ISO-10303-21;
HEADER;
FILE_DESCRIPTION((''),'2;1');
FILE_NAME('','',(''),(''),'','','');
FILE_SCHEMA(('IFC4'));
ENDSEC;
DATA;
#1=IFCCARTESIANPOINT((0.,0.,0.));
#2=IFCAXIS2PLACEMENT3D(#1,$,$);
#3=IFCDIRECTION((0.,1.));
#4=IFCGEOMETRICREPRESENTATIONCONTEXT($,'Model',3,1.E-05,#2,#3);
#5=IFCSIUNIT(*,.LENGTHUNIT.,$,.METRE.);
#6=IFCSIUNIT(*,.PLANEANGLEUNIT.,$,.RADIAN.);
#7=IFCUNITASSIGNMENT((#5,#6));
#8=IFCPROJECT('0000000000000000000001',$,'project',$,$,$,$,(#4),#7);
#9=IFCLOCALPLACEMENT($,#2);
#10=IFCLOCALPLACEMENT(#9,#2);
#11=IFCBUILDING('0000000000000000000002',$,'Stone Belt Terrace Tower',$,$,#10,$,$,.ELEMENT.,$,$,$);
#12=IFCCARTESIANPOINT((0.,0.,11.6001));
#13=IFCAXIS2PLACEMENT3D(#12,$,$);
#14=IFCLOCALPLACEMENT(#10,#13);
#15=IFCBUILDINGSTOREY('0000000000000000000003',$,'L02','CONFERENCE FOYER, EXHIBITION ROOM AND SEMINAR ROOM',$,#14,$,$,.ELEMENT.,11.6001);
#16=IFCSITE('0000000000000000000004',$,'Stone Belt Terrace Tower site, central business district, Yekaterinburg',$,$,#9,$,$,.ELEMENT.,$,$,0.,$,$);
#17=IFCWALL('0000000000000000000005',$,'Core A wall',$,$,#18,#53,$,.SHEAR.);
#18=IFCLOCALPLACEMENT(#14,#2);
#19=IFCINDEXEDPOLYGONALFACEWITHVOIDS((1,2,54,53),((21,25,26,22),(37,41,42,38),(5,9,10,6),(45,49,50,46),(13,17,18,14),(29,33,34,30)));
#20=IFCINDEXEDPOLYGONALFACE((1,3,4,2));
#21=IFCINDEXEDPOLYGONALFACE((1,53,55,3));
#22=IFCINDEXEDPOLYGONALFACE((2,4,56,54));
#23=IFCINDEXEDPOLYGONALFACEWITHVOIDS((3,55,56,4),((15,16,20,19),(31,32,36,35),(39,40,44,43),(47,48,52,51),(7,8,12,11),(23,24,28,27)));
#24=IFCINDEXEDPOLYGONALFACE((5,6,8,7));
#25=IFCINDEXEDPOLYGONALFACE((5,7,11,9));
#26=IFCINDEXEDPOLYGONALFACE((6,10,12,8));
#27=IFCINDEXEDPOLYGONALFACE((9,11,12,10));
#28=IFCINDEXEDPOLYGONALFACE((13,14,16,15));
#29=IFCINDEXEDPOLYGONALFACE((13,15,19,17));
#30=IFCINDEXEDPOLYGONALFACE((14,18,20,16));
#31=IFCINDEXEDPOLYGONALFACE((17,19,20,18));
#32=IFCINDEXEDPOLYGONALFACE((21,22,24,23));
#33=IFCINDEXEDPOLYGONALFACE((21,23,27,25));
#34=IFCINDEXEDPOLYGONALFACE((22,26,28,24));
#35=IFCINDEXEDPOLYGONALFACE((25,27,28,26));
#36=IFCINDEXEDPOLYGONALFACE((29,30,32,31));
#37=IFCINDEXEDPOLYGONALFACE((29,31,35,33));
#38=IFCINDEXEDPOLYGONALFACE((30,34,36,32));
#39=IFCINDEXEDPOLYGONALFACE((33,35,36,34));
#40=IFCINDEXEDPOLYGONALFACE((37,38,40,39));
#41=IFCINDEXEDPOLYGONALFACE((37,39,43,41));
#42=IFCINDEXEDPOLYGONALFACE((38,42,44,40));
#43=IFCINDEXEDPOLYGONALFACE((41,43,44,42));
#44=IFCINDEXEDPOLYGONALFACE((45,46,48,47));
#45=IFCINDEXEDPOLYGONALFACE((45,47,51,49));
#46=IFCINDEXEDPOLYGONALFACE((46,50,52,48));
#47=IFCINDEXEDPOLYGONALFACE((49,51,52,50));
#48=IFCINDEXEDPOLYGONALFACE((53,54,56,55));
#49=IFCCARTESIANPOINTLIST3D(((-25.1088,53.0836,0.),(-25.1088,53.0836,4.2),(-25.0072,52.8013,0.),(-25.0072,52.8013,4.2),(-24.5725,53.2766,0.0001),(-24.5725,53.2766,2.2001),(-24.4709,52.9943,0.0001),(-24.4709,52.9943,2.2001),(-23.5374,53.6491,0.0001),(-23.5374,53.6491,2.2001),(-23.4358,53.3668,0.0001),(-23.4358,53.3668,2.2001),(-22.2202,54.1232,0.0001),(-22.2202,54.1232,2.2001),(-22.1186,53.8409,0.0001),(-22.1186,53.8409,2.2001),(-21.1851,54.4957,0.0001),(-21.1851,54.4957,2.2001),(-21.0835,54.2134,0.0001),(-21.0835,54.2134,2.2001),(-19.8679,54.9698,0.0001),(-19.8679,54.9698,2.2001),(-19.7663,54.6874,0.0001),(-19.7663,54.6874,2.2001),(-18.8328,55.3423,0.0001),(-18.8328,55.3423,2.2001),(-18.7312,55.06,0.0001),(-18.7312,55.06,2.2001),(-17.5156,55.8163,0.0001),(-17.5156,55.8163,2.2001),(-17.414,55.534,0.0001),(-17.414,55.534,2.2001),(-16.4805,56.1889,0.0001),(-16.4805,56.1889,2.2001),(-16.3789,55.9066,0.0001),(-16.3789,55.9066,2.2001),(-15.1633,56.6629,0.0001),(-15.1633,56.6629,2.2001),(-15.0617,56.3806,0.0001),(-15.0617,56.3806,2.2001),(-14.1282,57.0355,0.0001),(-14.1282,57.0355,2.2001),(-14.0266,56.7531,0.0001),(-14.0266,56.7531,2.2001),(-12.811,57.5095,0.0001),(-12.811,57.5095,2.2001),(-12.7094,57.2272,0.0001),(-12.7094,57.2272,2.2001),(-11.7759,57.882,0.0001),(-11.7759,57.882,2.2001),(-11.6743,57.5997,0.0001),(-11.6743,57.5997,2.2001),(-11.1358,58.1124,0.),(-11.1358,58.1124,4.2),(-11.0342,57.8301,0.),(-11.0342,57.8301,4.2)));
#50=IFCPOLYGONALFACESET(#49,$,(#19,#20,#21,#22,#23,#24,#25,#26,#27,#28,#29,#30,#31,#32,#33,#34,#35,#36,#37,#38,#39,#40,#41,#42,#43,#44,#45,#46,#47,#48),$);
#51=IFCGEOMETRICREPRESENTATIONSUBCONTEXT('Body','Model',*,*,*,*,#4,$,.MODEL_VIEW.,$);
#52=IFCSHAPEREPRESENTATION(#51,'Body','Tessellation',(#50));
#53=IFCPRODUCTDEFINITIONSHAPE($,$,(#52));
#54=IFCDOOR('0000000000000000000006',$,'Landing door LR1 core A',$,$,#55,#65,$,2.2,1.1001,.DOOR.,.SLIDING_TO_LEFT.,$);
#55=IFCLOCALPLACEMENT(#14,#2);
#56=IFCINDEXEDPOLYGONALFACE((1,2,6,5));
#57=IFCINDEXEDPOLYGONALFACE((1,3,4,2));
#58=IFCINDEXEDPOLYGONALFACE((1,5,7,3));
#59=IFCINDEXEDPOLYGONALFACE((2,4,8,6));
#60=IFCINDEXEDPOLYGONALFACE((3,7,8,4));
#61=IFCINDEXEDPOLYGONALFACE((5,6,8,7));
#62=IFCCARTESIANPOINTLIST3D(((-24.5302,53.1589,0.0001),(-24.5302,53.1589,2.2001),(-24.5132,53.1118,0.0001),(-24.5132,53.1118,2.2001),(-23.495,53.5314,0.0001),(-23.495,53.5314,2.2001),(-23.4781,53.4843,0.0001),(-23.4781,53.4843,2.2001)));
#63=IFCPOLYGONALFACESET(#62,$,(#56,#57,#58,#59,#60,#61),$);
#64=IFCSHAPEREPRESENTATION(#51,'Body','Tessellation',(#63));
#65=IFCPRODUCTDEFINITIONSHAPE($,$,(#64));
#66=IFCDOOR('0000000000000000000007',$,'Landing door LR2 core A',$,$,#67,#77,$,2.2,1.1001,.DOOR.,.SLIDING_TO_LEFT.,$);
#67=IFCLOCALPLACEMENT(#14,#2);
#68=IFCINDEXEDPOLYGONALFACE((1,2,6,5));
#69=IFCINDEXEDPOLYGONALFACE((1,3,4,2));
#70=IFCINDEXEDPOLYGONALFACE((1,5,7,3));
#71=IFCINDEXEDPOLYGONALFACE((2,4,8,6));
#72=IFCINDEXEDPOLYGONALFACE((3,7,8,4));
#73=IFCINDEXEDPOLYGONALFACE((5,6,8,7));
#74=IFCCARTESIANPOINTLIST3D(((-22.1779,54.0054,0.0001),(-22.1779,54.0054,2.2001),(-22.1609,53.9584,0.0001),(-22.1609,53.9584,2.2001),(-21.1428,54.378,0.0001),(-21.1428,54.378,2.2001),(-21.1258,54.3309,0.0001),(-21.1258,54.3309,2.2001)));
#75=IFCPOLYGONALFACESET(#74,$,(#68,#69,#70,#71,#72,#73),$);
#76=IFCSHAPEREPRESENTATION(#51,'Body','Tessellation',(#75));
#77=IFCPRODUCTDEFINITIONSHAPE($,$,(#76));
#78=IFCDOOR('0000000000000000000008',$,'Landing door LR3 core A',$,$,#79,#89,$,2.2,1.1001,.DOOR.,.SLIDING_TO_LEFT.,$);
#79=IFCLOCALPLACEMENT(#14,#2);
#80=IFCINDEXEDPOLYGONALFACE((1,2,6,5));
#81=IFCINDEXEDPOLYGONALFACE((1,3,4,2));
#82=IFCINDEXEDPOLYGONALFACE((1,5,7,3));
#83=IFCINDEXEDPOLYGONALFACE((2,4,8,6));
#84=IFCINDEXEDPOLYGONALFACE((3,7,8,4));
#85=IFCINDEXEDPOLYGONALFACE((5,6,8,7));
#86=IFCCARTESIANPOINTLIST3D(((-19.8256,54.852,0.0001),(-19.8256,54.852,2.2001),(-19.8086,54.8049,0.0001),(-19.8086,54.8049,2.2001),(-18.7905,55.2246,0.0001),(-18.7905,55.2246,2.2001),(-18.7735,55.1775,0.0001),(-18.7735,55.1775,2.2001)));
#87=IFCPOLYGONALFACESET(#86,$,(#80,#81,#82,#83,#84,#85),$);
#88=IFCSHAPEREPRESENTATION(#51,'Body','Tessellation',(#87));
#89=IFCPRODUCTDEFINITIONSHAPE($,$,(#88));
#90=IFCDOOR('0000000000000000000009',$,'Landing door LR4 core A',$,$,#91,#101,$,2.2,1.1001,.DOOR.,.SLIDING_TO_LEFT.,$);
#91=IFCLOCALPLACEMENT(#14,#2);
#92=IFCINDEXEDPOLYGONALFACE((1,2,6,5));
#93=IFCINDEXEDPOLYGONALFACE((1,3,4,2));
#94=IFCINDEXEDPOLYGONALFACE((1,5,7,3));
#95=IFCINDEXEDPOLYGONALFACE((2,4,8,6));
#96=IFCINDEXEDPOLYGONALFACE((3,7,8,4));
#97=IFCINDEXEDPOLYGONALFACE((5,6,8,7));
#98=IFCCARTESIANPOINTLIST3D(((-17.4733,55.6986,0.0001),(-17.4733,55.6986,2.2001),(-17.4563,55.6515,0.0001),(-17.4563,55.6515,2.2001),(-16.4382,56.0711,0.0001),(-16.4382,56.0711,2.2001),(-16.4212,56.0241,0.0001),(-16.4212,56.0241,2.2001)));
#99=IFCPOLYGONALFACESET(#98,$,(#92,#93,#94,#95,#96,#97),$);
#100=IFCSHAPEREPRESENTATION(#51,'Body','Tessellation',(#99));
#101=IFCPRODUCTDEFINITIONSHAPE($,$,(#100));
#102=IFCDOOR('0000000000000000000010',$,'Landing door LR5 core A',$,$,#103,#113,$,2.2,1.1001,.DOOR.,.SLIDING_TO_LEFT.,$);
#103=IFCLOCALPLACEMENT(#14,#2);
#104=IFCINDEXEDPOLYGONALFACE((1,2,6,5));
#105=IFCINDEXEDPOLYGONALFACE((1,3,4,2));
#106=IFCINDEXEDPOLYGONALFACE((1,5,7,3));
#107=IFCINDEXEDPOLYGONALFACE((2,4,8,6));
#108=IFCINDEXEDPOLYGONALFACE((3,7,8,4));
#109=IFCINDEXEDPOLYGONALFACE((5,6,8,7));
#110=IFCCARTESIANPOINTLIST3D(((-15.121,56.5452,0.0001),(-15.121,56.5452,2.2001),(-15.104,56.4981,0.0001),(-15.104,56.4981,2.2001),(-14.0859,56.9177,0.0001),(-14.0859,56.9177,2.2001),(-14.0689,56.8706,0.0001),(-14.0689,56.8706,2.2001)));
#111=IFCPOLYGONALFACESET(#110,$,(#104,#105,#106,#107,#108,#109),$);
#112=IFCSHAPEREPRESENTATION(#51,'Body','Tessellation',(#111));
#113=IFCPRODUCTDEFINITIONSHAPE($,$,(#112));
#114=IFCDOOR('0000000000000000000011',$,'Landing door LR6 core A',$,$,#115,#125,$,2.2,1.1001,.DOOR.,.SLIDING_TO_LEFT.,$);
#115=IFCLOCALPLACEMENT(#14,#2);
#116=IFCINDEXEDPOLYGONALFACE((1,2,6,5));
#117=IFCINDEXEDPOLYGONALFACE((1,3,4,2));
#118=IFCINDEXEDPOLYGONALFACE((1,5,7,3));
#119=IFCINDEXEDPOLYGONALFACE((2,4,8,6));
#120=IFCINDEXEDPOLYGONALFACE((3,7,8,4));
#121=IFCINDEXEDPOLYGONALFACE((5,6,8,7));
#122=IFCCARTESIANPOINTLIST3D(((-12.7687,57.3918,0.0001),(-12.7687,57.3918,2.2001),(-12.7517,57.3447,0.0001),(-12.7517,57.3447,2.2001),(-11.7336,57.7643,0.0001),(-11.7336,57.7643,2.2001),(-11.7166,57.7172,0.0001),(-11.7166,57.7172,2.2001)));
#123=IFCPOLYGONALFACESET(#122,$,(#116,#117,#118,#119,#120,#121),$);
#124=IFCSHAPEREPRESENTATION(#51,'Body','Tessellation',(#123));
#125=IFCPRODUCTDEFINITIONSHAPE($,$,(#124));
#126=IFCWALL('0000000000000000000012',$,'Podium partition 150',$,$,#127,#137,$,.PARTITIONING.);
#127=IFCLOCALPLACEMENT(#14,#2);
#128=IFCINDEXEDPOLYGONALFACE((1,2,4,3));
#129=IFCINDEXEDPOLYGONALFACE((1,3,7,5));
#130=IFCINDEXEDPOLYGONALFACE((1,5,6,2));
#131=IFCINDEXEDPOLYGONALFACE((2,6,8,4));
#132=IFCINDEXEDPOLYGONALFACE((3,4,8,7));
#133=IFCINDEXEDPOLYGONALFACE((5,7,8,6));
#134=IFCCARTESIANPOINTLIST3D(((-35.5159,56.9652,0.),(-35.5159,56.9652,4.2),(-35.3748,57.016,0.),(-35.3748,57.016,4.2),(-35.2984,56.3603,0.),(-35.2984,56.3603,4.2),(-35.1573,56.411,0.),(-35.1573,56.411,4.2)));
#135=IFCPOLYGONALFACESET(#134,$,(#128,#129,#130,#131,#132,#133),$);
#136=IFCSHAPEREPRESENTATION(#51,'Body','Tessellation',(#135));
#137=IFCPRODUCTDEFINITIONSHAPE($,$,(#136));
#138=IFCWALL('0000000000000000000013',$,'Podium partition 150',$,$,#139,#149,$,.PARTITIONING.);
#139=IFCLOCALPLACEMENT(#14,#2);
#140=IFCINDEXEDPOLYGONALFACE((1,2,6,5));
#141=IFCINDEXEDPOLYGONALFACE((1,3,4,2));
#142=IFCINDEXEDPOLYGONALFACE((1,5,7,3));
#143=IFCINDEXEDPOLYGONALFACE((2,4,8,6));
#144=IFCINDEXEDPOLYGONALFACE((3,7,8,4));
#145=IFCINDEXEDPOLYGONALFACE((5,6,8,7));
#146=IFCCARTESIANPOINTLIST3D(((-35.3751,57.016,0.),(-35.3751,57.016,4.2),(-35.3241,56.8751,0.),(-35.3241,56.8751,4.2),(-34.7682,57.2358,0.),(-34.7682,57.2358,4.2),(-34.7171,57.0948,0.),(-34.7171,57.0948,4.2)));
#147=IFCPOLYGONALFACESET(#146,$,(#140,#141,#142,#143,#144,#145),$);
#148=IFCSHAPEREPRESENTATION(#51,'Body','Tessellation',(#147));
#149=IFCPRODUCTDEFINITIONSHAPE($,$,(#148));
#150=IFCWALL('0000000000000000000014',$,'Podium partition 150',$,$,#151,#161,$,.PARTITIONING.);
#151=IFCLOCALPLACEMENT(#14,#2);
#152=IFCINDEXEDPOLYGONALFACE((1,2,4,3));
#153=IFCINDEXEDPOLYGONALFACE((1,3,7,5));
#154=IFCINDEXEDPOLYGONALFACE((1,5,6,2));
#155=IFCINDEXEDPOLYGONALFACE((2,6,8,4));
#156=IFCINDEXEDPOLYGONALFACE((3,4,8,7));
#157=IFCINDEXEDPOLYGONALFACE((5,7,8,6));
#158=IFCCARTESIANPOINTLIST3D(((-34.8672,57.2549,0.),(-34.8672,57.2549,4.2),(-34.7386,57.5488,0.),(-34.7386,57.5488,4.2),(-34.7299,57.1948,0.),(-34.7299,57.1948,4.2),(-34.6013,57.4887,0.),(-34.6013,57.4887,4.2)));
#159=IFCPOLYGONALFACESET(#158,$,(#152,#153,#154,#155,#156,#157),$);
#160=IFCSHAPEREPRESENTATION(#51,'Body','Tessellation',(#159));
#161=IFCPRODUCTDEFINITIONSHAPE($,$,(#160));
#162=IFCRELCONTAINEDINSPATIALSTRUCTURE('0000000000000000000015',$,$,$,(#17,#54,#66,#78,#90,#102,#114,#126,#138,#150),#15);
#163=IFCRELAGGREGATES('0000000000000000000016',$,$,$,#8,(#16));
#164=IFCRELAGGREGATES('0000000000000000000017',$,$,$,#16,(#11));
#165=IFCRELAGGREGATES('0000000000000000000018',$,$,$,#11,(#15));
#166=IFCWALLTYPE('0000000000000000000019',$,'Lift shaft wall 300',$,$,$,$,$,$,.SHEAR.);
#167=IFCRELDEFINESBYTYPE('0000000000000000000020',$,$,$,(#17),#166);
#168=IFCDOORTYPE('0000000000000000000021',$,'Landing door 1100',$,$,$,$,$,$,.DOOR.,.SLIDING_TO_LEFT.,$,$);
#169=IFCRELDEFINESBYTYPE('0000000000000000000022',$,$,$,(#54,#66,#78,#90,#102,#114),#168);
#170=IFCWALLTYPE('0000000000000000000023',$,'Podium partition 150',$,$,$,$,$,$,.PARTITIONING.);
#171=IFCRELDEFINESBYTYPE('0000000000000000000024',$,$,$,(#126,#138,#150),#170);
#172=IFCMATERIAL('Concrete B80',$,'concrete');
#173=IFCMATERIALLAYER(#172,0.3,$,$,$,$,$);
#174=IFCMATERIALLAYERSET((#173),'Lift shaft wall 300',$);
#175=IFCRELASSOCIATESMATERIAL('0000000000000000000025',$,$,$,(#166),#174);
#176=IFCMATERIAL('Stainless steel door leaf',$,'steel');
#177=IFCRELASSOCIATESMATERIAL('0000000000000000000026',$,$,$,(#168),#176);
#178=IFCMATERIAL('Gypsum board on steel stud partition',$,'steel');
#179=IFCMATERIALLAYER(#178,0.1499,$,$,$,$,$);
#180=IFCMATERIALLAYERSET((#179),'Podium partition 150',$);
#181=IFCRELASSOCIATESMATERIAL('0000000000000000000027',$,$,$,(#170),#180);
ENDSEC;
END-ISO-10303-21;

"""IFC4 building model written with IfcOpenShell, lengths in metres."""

from ifc_helpers import new_model, si_unit, direction, frame, frame_2d, origin, place, context, subcontext, project, spatial, rectangle, extrude, material, layer, layer_set, type_object, element, fill, save


model = new_model("IFC4")

# Units and contexts
model_context = context("Model", 3, precision=1e-05, world=origin(), true_north=direction((0.0, 1.0)))
body_context = subcontext(model_context, "Body", "Model", "MODEL_VIEW")
ifc_project = project(units=[si_unit("LENGTHUNIT", "METRE"), si_unit("PLANEANGLEUNIT", "RADIAN")], contexts=[model_context])

# Site, building, storey
site_placement = place(None, origin())
site = spatial("IfcSite", under=ifc_project, at=site_placement, Name="Stone Belt Terrace Tower site, central business district, Yekaterinburg", CompositionType="ELEMENT", RefElevation=0.0)
building_placement = place(site_placement, origin())
building = spatial("IfcBuilding", under=site, at=building_placement, Name="Stone Belt Terrace Tower", CompositionType="ELEMENT")
storey_placement = place(building_placement, frame((0.0, 0.0, 11.6001)))
storey = spatial("IfcBuildingStorey", under=building, at=storey_placement, Name="L02", Description="CONFERENCE FOYER, EXHIBITION ROOM AND SEMINAR ROOM", CompositionType="ELEMENT", Elevation=11.6001)

# Shared definitions
ifc_material_1 = material(Name="Concrete B80", Category="concrete")

# Shared definitions
ifc_layer_1 = layer(ifc_material_1, 0.3)
ifc_layer_set_1 = layer_set([ifc_layer_1], Name="Lift shaft wall 300")
wall_type_1 = type_object("IfcWallType", Name="Lift shaft wall 300", PredefinedType="SHEAR", material=ifc_layer_set_1)
ifc_material_2 = material(Name="Stainless steel door leaf", Category="steel")

# Wall, openings, doors
wall_1_placement = place(storey_placement, frame((-25.0581, 52.9424, 0.0), z_axis=(0.0, 0.0, 1.0), x_axis=(0.940918, 0.338634, 0.0)))
wall_1 = element("IfcWall", 1, at=wall_1_placement, inside=storey, type_object=wall_type_1, Name="Core A wall", PredefinedType="SHEAR", context=body_context, shape_type="SweptSolid", body=[
    extrude(rectangle(XDim=14.8503, YDim=0.3, at=frame_2d((7.4253, 0.0))), origin(), (0.0, 0.0, 1.0), 4.2),
])
opening_1_placement = place(wall_1_placement, frame((0.5701, 0.0, 0.0)))
opening_1 = element("IfcOpeningElement", 2, at=opening_1_placement, cuts=wall_1, PredefinedType="OPENING", context=body_context, shape_type="SweptSolid", body=[
    extrude(rectangle(XDim=1.1001, YDim=2.2, at=frame_2d((0.55, 1.1001))), frame((0.0, 0.1599, 0.0), z_axis=(0.0, -1.0, 0.0), x_axis=(1.0, 0.0, 0.0)), (0.0, 0.0, 1.0), 0.3201),
])
opening_2_placement = place(wall_1_placement, frame((3.0701, 0.0, 0.0)))
opening_2 = element("IfcOpeningElement", 3, at=opening_2_placement, cuts=wall_1, PredefinedType="OPENING", context=body_context, shape_type="SweptSolid", body=[
    extrude(rectangle(XDim=1.1001, YDim=2.2, at=frame_2d((0.55, 1.1001))), frame((0.0, 0.1599, 0.0), z_axis=(0.0, -1.0, 0.0), x_axis=(1.0, 0.0, 0.0)), (0.0, 0.0, 1.0), 0.3201),
])
opening_3_placement = place(wall_1_placement, frame((5.5701, 0.0, 0.0)))
opening_3 = element("IfcOpeningElement", 4, at=opening_3_placement, cuts=wall_1, PredefinedType="OPENING", context=body_context, shape_type="SweptSolid", body=[
    extrude(rectangle(XDim=1.1001, YDim=2.2, at=frame_2d((0.55, 1.1001))), frame((0.0, 0.1599, 0.0), z_axis=(0.0, -1.0, 0.0), x_axis=(1.0, 0.0, 0.0)), (0.0, 0.0, 1.0), 0.3201),
])
opening_4_placement = place(wall_1_placement, frame((8.0701, 0.0, 0.0)))
opening_4 = element("IfcOpeningElement", 5, at=opening_4_placement, cuts=wall_1, PredefinedType="OPENING", context=body_context, shape_type="SweptSolid", body=[
    extrude(rectangle(XDim=1.1001, YDim=2.2, at=frame_2d((0.55, 1.1001))), frame((0.0, 0.1599, 0.0), z_axis=(0.0, -1.0, 0.0), x_axis=(1.0, 0.0, 0.0)), (0.0, 0.0, 1.0), 0.3201),
])
opening_5_placement = place(wall_1_placement, frame((10.5701, 0.0, 0.0)))
opening_5 = element("IfcOpeningElement", 6, at=opening_5_placement, cuts=wall_1, PredefinedType="OPENING", context=body_context, shape_type="SweptSolid", body=[
    extrude(rectangle(XDim=1.1001, YDim=2.2, at=frame_2d((0.55, 1.1001))), frame((0.0, 0.1599, 0.0), z_axis=(0.0, -1.0, 0.0), x_axis=(1.0, 0.0, 0.0)), (0.0, 0.0, 1.0), 0.3201),
])
opening_6_placement = place(wall_1_placement, frame((13.0701, 0.0, 0.0)))
opening_6 = element("IfcOpeningElement", 7, at=opening_6_placement, cuts=wall_1, PredefinedType="OPENING", context=body_context, shape_type="SweptSolid", body=[
    extrude(rectangle(XDim=1.1001, YDim=2.2, at=frame_2d((0.55, 1.1001))), frame((0.0, 0.1599, 0.0), z_axis=(0.0, -1.0, 0.0), x_axis=(1.0, 0.0, 0.0)), (0.0, 0.0, 1.0), 0.3201),
])
door_type_1 = type_object("IfcDoorType", Name="Landing door 1100", OperationType="SLIDING_TO_LEFT", PredefinedType="DOOR", material=ifc_material_2)
door_1_placement = place(opening_1_placement, origin())
door_1 = element("IfcDoor", 8, at=door_1_placement, inside=storey, type_object=door_type_1, Name="Landing door LR1 core A", OperationType="SLIDING_TO_LEFT", OverallHeight=2.2, OverallWidth=1.1001, PredefinedType="DOOR", context=body_context, shape_type="SweptSolid", body=[
    extrude(rectangle(XDim=1.1001, YDim=2.2, at=frame_2d((0.55, 1.1001))), frame((0.0, 0.0249, 0.0), z_axis=(0.0, -1.0, 0.0), x_axis=(1.0, 0.0, 0.0)), (0.0, 0.0, 1.0), 0.05),
])
fill(opening_1, door_1)
door_2_placement = place(opening_2_placement, origin())
door_2 = element("IfcDoor", 9, at=door_2_placement, inside=storey, type_object=door_type_1, Name="Landing door LR2 core A", OperationType="SLIDING_TO_LEFT", OverallHeight=2.2, OverallWidth=1.1001, PredefinedType="DOOR", context=body_context, shape_type="SweptSolid", body=[
    extrude(rectangle(XDim=1.1001, YDim=2.2, at=frame_2d((0.55, 1.1001))), frame((0.0, 0.0249, 0.0), z_axis=(0.0, -1.0, 0.0), x_axis=(1.0, 0.0, 0.0)), (0.0, 0.0, 1.0), 0.05),
])
fill(opening_2, door_2)
door_3_placement = place(opening_3_placement, origin())
door_3 = element("IfcDoor", 10, at=door_3_placement, inside=storey, type_object=door_type_1, Name="Landing door LR3 core A", OperationType="SLIDING_TO_LEFT", OverallHeight=2.2, OverallWidth=1.1001, PredefinedType="DOOR", context=body_context, shape_type="SweptSolid", body=[
    extrude(rectangle(XDim=1.1001, YDim=2.2, at=frame_2d((0.55, 1.1001))), frame((0.0, 0.0249, 0.0), z_axis=(0.0, -1.0, 0.0), x_axis=(1.0, 0.0, 0.0)), (0.0, 0.0, 1.0), 0.05),
])
fill(opening_3, door_3)
door_4_placement = place(opening_4_placement, origin())
door_4 = element("IfcDoor", 11, at=door_4_placement, inside=storey, type_object=door_type_1, Name="Landing door LR4 core A", OperationType="SLIDING_TO_LEFT", OverallHeight=2.2, OverallWidth=1.1001, PredefinedType="DOOR", context=body_context, shape_type="SweptSolid", body=[
    extrude(rectangle(XDim=1.1001, YDim=2.2, at=frame_2d((0.55, 1.1001))), frame((0.0, 0.0249, 0.0), z_axis=(0.0, -1.0, 0.0), x_axis=(1.0, 0.0, 0.0)), (0.0, 0.0, 1.0), 0.05),
])
fill(opening_4, door_4)
door_5_placement = place(opening_5_placement, origin())
door_5 = element("IfcDoor", 12, at=door_5_placement, inside=storey, type_object=door_type_1, Name="Landing door LR5 core A", OperationType="SLIDING_TO_LEFT", OverallHeight=2.2, OverallWidth=1.1001, PredefinedType="DOOR", context=body_context, shape_type="SweptSolid", body=[
    extrude(rectangle(XDim=1.1001, YDim=2.2, at=frame_2d((0.55, 1.1001))), frame((0.0, 0.0249, 0.0), z_axis=(0.0, -1.0, 0.0), x_axis=(1.0, 0.0, 0.0)), (0.0, 0.0, 1.0), 0.05),
])
fill(opening_5, door_5)
door_6_placement = place(opening_6_placement, origin())
door_6 = element("IfcDoor", 13, at=door_6_placement, inside=storey, type_object=door_type_1, Name="Landing door LR6 core A", OperationType="SLIDING_TO_LEFT", OverallHeight=2.2, OverallWidth=1.1001, PredefinedType="DOOR", context=body_context, shape_type="SweptSolid", body=[
    extrude(rectangle(XDim=1.1001, YDim=2.2, at=frame_2d((0.55, 1.1001))), frame((0.0, 0.0249, 0.0), z_axis=(0.0, -1.0, 0.0), x_axis=(1.0, 0.0, 0.0)), (0.0, 0.0, 1.0), 0.05),
])
fill(opening_6, door_6)

# Walls
ifc_material_3 = material(Name="Gypsum board on steel stud partition", Category="steel")
ifc_layer_2 = layer(ifc_material_3, 0.1499)
ifc_layer_set_2 = layer_set([ifc_layer_2], Name="Podium partition 150")
wall_type_2 = type_object("IfcWallType", Name="Podium partition 150", PredefinedType="PARTITIONING", material=ifc_layer_set_2)
wall_2_placement = place(storey_placement, frame((-35.4453, 56.9905, 0.0), z_axis=(0.0, 0.0, 1.0), x_axis=(0.338356, -0.941018, 0.0)))
element("IfcWall", 14, at=wall_2_placement, inside=storey, type_object=wall_type_2, Name="Podium partition 150", PredefinedType="PARTITIONING", context=body_context, shape_type="SweptSolid", body=[
    extrude(rectangle(XDim=0.6428, YDim=0.1499, at=frame_2d((0.3213, 0.0))), origin(), (0.0, 0.0, 1.0), 4.2),
])
wall_3_placement = place(storey_placement, frame((-35.3496, 56.9456, 0.0), z_axis=(0.0, 0.0, 1.0), x_axis=(0.940278, 0.340406, 0.0)))
element("IfcWall", 15, at=wall_3_placement, inside=storey, type_object=wall_type_2, Name="Podium partition 150", PredefinedType="PARTITIONING", context=body_context, shape_type="SweptSolid", body=[
    extrude(rectangle(XDim=0.6455, YDim=0.1499, at=frame_2d((0.3228, 0.0))), origin(), (0.0, 0.0, 1.0), 4.2),
])
wall_4_placement = place(storey_placement, frame((-34.7986, 57.2249, 0.0), z_axis=(0.0, 0.0, 1.0), x_axis=(0.400978, 0.916087, 0.0)))
element("IfcWall", 16, at=wall_4_placement, inside=storey, type_object=wall_type_2, Name="Podium partition 150", PredefinedType="PARTITIONING", context=body_context, shape_type="SweptSolid", body=[
    extrude(rectangle(XDim=0.3208, YDim=0.1499, at=frame_2d((0.1604, 0.0))), origin(), (0.0, 0.0, 1.0), 4.2),
])

save(model, "model.ifc")
